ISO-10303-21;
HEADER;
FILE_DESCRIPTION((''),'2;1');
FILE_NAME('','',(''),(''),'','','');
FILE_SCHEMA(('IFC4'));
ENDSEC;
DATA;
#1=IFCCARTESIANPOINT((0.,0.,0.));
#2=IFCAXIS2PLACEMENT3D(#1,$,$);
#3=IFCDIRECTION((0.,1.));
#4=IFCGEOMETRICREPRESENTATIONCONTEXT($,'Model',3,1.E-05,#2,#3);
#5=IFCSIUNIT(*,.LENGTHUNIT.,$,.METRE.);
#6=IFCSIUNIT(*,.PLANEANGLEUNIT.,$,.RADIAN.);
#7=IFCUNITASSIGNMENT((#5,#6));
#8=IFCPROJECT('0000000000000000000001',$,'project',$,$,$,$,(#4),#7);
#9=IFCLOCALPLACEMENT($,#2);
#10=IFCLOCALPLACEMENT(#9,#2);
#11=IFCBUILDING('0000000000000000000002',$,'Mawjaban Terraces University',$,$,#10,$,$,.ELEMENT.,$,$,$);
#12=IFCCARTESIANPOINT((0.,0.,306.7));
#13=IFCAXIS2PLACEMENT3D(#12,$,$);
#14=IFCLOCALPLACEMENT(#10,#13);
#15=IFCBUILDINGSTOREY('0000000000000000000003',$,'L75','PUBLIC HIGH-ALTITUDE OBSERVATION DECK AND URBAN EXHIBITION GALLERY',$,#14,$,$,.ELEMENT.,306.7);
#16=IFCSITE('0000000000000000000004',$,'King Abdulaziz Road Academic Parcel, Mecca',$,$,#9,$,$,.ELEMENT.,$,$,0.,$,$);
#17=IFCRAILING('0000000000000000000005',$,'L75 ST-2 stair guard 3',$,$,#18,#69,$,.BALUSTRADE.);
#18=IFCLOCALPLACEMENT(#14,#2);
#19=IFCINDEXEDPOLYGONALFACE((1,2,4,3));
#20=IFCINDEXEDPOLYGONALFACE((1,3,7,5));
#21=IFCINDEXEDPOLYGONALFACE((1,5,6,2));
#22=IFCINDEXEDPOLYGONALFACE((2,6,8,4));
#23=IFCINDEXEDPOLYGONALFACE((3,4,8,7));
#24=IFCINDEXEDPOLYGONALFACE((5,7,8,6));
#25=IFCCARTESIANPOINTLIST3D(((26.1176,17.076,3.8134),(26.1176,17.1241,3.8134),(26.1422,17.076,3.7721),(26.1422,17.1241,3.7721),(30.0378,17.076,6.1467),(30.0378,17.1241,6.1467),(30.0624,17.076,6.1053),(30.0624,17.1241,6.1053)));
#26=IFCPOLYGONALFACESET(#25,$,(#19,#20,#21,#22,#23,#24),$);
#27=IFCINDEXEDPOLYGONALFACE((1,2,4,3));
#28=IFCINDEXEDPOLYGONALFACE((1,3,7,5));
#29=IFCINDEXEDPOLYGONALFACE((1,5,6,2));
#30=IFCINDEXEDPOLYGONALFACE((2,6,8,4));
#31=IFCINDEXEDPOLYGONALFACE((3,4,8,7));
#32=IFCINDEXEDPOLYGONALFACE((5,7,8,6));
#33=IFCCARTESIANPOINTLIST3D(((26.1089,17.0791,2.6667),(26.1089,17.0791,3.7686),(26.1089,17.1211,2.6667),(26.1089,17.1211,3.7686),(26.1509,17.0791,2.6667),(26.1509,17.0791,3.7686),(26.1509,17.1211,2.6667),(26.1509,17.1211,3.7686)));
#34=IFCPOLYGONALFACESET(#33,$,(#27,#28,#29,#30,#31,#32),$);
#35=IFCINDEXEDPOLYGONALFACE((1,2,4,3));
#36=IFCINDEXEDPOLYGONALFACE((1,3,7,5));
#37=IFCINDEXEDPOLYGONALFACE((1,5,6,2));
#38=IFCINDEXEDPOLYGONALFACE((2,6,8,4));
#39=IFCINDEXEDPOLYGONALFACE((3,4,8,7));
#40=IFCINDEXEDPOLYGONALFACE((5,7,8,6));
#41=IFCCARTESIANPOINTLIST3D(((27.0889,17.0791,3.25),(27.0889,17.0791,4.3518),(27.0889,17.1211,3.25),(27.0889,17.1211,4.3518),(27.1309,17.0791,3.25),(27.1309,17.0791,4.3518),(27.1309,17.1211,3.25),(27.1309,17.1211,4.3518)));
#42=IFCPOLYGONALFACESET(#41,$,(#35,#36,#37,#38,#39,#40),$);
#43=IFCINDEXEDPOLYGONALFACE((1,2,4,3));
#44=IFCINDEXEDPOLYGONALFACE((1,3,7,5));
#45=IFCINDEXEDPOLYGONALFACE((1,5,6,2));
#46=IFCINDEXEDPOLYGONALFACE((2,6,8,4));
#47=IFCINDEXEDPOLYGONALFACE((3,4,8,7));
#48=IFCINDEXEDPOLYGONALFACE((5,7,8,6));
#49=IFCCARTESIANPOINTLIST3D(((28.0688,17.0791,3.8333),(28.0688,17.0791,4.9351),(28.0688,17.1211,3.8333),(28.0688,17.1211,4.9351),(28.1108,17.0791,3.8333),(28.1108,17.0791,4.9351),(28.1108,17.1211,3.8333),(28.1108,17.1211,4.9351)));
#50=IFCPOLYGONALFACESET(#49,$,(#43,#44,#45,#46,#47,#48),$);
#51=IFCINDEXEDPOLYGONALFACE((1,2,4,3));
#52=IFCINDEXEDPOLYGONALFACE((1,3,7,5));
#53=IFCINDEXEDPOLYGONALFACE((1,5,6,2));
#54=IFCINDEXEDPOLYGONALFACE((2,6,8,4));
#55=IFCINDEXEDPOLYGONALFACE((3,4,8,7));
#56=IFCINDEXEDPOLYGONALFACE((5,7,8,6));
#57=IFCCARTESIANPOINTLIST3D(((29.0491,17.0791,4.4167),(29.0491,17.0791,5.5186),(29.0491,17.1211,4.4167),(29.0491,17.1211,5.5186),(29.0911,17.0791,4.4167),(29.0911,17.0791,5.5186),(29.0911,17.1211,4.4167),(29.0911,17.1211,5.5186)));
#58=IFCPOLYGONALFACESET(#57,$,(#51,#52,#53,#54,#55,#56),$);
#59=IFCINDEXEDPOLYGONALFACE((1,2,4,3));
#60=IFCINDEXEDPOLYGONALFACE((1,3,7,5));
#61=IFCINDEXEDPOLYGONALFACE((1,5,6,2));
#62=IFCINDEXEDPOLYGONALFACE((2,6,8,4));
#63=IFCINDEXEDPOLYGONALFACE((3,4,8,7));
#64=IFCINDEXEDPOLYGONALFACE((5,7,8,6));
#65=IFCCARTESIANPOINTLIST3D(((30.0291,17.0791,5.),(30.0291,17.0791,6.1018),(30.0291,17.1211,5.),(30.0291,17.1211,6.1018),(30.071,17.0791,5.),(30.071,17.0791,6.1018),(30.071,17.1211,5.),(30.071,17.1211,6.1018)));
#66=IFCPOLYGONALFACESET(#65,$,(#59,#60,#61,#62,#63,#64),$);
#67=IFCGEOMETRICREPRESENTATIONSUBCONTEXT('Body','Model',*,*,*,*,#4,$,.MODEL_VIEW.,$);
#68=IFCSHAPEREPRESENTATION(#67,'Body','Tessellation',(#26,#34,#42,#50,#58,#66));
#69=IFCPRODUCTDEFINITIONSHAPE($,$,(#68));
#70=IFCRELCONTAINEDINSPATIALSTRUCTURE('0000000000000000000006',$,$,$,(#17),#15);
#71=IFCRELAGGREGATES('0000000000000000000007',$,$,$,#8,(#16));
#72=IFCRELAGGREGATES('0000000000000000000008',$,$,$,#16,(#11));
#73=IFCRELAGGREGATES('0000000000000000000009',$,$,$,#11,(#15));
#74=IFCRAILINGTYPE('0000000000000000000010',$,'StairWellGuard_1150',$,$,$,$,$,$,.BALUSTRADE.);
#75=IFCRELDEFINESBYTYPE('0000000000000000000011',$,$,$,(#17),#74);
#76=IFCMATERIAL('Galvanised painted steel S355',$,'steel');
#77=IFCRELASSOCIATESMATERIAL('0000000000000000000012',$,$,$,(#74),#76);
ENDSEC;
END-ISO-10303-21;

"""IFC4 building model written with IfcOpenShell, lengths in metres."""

from ifc_helpers import new_model, si_unit, direction, frame, origin, origin_2d, place, context, subcontext, project, spatial, rectangle, extrude, material, type_object, element, save


model = new_model("IFC4")

# Units and contexts
model_context = context("Model", 3, precision=1e-05, world=origin(), true_north=direction((0.0, 1.0)))
body_context = subcontext(model_context, "Body", "Model", "MODEL_VIEW")
ifc_project = project(units=[si_unit("LENGTHUNIT", "METRE"), si_unit("PLANEANGLEUNIT", "RADIAN")], contexts=[model_context])

# Site, building, storey
site_placement = place(None, origin())
site = spatial("IfcSite", under=ifc_project, at=site_placement, Name="King Abdulaziz Road Academic Parcel, Mecca", CompositionType="ELEMENT", RefElevation=0.0)
building_placement = place(site_placement, origin())
building = spatial("IfcBuilding", under=site, at=building_placement, Name="Mawjaban Terraces University", CompositionType="ELEMENT")
storey_placement = place(building_placement, frame((0.0, 0.0, 306.7)))
storey = spatial("IfcBuildingStorey", under=building, at=storey_placement, Name="L75", Description="PUBLIC HIGH-ALTITUDE OBSERVATION DECK AND URBAN EXHIBITION GALLERY", CompositionType="ELEMENT", Elevation=306.7)

# Railing
ifc_material_1 = material(Name="Galvanised painted steel S355", Category="steel")
railing_type_1 = type_object("IfcRailingType", Name="StairWellGuard_1150", PredefinedType="BALUSTRADE", material=ifc_material_1)
railing_1_placement = place(storey_placement, frame((26.1299, 17.1001, 2.6667)))
element("IfcRailing", 1, at=railing_1_placement, inside=storey, type_object=railing_type_1, Name="L75 ST-2 stair guard 3", PredefinedType="BALUSTRADE", context=body_context, shape_type="SweptSolid", body=[
    extrude(rectangle(XDim=0.0481, YDim=0.0481, at=origin_2d()), frame((0.0, 0.0, 1.126), z_axis=(0.85931, 0.0, 0.511455), x_axis=(0.0, 1.0, 0.0)), (0.0, 0.0, 1.0), 4.562),
    extrude(rectangle(XDim=0.042, YDim=0.042, at=origin_2d()), origin(), (0.0, 0.0, 1.0), 1.1018),
    extrude(rectangle(XDim=0.042, YDim=0.042, at=origin_2d()), frame((0.98, 0.0, 0.5833)), (0.0, 0.0, 1.0), 1.1018),
    extrude(rectangle(XDim=0.042, YDim=0.042, at=origin_2d()), frame((1.96, 0.0, 1.1665)), (0.0, 0.0, 1.0), 1.1018),
    extrude(rectangle(XDim=0.042, YDim=0.042, at=origin_2d()), frame((2.9402, 0.0, 1.75)), (0.0, 0.0, 1.0), 1.1018),
    extrude(rectangle(XDim=0.042, YDim=0.042, at=origin_2d()), frame((3.9202, 0.0, 2.3333)), (0.0, 0.0, 1.0), 1.1018),
])

save(model, "model.ifc")
